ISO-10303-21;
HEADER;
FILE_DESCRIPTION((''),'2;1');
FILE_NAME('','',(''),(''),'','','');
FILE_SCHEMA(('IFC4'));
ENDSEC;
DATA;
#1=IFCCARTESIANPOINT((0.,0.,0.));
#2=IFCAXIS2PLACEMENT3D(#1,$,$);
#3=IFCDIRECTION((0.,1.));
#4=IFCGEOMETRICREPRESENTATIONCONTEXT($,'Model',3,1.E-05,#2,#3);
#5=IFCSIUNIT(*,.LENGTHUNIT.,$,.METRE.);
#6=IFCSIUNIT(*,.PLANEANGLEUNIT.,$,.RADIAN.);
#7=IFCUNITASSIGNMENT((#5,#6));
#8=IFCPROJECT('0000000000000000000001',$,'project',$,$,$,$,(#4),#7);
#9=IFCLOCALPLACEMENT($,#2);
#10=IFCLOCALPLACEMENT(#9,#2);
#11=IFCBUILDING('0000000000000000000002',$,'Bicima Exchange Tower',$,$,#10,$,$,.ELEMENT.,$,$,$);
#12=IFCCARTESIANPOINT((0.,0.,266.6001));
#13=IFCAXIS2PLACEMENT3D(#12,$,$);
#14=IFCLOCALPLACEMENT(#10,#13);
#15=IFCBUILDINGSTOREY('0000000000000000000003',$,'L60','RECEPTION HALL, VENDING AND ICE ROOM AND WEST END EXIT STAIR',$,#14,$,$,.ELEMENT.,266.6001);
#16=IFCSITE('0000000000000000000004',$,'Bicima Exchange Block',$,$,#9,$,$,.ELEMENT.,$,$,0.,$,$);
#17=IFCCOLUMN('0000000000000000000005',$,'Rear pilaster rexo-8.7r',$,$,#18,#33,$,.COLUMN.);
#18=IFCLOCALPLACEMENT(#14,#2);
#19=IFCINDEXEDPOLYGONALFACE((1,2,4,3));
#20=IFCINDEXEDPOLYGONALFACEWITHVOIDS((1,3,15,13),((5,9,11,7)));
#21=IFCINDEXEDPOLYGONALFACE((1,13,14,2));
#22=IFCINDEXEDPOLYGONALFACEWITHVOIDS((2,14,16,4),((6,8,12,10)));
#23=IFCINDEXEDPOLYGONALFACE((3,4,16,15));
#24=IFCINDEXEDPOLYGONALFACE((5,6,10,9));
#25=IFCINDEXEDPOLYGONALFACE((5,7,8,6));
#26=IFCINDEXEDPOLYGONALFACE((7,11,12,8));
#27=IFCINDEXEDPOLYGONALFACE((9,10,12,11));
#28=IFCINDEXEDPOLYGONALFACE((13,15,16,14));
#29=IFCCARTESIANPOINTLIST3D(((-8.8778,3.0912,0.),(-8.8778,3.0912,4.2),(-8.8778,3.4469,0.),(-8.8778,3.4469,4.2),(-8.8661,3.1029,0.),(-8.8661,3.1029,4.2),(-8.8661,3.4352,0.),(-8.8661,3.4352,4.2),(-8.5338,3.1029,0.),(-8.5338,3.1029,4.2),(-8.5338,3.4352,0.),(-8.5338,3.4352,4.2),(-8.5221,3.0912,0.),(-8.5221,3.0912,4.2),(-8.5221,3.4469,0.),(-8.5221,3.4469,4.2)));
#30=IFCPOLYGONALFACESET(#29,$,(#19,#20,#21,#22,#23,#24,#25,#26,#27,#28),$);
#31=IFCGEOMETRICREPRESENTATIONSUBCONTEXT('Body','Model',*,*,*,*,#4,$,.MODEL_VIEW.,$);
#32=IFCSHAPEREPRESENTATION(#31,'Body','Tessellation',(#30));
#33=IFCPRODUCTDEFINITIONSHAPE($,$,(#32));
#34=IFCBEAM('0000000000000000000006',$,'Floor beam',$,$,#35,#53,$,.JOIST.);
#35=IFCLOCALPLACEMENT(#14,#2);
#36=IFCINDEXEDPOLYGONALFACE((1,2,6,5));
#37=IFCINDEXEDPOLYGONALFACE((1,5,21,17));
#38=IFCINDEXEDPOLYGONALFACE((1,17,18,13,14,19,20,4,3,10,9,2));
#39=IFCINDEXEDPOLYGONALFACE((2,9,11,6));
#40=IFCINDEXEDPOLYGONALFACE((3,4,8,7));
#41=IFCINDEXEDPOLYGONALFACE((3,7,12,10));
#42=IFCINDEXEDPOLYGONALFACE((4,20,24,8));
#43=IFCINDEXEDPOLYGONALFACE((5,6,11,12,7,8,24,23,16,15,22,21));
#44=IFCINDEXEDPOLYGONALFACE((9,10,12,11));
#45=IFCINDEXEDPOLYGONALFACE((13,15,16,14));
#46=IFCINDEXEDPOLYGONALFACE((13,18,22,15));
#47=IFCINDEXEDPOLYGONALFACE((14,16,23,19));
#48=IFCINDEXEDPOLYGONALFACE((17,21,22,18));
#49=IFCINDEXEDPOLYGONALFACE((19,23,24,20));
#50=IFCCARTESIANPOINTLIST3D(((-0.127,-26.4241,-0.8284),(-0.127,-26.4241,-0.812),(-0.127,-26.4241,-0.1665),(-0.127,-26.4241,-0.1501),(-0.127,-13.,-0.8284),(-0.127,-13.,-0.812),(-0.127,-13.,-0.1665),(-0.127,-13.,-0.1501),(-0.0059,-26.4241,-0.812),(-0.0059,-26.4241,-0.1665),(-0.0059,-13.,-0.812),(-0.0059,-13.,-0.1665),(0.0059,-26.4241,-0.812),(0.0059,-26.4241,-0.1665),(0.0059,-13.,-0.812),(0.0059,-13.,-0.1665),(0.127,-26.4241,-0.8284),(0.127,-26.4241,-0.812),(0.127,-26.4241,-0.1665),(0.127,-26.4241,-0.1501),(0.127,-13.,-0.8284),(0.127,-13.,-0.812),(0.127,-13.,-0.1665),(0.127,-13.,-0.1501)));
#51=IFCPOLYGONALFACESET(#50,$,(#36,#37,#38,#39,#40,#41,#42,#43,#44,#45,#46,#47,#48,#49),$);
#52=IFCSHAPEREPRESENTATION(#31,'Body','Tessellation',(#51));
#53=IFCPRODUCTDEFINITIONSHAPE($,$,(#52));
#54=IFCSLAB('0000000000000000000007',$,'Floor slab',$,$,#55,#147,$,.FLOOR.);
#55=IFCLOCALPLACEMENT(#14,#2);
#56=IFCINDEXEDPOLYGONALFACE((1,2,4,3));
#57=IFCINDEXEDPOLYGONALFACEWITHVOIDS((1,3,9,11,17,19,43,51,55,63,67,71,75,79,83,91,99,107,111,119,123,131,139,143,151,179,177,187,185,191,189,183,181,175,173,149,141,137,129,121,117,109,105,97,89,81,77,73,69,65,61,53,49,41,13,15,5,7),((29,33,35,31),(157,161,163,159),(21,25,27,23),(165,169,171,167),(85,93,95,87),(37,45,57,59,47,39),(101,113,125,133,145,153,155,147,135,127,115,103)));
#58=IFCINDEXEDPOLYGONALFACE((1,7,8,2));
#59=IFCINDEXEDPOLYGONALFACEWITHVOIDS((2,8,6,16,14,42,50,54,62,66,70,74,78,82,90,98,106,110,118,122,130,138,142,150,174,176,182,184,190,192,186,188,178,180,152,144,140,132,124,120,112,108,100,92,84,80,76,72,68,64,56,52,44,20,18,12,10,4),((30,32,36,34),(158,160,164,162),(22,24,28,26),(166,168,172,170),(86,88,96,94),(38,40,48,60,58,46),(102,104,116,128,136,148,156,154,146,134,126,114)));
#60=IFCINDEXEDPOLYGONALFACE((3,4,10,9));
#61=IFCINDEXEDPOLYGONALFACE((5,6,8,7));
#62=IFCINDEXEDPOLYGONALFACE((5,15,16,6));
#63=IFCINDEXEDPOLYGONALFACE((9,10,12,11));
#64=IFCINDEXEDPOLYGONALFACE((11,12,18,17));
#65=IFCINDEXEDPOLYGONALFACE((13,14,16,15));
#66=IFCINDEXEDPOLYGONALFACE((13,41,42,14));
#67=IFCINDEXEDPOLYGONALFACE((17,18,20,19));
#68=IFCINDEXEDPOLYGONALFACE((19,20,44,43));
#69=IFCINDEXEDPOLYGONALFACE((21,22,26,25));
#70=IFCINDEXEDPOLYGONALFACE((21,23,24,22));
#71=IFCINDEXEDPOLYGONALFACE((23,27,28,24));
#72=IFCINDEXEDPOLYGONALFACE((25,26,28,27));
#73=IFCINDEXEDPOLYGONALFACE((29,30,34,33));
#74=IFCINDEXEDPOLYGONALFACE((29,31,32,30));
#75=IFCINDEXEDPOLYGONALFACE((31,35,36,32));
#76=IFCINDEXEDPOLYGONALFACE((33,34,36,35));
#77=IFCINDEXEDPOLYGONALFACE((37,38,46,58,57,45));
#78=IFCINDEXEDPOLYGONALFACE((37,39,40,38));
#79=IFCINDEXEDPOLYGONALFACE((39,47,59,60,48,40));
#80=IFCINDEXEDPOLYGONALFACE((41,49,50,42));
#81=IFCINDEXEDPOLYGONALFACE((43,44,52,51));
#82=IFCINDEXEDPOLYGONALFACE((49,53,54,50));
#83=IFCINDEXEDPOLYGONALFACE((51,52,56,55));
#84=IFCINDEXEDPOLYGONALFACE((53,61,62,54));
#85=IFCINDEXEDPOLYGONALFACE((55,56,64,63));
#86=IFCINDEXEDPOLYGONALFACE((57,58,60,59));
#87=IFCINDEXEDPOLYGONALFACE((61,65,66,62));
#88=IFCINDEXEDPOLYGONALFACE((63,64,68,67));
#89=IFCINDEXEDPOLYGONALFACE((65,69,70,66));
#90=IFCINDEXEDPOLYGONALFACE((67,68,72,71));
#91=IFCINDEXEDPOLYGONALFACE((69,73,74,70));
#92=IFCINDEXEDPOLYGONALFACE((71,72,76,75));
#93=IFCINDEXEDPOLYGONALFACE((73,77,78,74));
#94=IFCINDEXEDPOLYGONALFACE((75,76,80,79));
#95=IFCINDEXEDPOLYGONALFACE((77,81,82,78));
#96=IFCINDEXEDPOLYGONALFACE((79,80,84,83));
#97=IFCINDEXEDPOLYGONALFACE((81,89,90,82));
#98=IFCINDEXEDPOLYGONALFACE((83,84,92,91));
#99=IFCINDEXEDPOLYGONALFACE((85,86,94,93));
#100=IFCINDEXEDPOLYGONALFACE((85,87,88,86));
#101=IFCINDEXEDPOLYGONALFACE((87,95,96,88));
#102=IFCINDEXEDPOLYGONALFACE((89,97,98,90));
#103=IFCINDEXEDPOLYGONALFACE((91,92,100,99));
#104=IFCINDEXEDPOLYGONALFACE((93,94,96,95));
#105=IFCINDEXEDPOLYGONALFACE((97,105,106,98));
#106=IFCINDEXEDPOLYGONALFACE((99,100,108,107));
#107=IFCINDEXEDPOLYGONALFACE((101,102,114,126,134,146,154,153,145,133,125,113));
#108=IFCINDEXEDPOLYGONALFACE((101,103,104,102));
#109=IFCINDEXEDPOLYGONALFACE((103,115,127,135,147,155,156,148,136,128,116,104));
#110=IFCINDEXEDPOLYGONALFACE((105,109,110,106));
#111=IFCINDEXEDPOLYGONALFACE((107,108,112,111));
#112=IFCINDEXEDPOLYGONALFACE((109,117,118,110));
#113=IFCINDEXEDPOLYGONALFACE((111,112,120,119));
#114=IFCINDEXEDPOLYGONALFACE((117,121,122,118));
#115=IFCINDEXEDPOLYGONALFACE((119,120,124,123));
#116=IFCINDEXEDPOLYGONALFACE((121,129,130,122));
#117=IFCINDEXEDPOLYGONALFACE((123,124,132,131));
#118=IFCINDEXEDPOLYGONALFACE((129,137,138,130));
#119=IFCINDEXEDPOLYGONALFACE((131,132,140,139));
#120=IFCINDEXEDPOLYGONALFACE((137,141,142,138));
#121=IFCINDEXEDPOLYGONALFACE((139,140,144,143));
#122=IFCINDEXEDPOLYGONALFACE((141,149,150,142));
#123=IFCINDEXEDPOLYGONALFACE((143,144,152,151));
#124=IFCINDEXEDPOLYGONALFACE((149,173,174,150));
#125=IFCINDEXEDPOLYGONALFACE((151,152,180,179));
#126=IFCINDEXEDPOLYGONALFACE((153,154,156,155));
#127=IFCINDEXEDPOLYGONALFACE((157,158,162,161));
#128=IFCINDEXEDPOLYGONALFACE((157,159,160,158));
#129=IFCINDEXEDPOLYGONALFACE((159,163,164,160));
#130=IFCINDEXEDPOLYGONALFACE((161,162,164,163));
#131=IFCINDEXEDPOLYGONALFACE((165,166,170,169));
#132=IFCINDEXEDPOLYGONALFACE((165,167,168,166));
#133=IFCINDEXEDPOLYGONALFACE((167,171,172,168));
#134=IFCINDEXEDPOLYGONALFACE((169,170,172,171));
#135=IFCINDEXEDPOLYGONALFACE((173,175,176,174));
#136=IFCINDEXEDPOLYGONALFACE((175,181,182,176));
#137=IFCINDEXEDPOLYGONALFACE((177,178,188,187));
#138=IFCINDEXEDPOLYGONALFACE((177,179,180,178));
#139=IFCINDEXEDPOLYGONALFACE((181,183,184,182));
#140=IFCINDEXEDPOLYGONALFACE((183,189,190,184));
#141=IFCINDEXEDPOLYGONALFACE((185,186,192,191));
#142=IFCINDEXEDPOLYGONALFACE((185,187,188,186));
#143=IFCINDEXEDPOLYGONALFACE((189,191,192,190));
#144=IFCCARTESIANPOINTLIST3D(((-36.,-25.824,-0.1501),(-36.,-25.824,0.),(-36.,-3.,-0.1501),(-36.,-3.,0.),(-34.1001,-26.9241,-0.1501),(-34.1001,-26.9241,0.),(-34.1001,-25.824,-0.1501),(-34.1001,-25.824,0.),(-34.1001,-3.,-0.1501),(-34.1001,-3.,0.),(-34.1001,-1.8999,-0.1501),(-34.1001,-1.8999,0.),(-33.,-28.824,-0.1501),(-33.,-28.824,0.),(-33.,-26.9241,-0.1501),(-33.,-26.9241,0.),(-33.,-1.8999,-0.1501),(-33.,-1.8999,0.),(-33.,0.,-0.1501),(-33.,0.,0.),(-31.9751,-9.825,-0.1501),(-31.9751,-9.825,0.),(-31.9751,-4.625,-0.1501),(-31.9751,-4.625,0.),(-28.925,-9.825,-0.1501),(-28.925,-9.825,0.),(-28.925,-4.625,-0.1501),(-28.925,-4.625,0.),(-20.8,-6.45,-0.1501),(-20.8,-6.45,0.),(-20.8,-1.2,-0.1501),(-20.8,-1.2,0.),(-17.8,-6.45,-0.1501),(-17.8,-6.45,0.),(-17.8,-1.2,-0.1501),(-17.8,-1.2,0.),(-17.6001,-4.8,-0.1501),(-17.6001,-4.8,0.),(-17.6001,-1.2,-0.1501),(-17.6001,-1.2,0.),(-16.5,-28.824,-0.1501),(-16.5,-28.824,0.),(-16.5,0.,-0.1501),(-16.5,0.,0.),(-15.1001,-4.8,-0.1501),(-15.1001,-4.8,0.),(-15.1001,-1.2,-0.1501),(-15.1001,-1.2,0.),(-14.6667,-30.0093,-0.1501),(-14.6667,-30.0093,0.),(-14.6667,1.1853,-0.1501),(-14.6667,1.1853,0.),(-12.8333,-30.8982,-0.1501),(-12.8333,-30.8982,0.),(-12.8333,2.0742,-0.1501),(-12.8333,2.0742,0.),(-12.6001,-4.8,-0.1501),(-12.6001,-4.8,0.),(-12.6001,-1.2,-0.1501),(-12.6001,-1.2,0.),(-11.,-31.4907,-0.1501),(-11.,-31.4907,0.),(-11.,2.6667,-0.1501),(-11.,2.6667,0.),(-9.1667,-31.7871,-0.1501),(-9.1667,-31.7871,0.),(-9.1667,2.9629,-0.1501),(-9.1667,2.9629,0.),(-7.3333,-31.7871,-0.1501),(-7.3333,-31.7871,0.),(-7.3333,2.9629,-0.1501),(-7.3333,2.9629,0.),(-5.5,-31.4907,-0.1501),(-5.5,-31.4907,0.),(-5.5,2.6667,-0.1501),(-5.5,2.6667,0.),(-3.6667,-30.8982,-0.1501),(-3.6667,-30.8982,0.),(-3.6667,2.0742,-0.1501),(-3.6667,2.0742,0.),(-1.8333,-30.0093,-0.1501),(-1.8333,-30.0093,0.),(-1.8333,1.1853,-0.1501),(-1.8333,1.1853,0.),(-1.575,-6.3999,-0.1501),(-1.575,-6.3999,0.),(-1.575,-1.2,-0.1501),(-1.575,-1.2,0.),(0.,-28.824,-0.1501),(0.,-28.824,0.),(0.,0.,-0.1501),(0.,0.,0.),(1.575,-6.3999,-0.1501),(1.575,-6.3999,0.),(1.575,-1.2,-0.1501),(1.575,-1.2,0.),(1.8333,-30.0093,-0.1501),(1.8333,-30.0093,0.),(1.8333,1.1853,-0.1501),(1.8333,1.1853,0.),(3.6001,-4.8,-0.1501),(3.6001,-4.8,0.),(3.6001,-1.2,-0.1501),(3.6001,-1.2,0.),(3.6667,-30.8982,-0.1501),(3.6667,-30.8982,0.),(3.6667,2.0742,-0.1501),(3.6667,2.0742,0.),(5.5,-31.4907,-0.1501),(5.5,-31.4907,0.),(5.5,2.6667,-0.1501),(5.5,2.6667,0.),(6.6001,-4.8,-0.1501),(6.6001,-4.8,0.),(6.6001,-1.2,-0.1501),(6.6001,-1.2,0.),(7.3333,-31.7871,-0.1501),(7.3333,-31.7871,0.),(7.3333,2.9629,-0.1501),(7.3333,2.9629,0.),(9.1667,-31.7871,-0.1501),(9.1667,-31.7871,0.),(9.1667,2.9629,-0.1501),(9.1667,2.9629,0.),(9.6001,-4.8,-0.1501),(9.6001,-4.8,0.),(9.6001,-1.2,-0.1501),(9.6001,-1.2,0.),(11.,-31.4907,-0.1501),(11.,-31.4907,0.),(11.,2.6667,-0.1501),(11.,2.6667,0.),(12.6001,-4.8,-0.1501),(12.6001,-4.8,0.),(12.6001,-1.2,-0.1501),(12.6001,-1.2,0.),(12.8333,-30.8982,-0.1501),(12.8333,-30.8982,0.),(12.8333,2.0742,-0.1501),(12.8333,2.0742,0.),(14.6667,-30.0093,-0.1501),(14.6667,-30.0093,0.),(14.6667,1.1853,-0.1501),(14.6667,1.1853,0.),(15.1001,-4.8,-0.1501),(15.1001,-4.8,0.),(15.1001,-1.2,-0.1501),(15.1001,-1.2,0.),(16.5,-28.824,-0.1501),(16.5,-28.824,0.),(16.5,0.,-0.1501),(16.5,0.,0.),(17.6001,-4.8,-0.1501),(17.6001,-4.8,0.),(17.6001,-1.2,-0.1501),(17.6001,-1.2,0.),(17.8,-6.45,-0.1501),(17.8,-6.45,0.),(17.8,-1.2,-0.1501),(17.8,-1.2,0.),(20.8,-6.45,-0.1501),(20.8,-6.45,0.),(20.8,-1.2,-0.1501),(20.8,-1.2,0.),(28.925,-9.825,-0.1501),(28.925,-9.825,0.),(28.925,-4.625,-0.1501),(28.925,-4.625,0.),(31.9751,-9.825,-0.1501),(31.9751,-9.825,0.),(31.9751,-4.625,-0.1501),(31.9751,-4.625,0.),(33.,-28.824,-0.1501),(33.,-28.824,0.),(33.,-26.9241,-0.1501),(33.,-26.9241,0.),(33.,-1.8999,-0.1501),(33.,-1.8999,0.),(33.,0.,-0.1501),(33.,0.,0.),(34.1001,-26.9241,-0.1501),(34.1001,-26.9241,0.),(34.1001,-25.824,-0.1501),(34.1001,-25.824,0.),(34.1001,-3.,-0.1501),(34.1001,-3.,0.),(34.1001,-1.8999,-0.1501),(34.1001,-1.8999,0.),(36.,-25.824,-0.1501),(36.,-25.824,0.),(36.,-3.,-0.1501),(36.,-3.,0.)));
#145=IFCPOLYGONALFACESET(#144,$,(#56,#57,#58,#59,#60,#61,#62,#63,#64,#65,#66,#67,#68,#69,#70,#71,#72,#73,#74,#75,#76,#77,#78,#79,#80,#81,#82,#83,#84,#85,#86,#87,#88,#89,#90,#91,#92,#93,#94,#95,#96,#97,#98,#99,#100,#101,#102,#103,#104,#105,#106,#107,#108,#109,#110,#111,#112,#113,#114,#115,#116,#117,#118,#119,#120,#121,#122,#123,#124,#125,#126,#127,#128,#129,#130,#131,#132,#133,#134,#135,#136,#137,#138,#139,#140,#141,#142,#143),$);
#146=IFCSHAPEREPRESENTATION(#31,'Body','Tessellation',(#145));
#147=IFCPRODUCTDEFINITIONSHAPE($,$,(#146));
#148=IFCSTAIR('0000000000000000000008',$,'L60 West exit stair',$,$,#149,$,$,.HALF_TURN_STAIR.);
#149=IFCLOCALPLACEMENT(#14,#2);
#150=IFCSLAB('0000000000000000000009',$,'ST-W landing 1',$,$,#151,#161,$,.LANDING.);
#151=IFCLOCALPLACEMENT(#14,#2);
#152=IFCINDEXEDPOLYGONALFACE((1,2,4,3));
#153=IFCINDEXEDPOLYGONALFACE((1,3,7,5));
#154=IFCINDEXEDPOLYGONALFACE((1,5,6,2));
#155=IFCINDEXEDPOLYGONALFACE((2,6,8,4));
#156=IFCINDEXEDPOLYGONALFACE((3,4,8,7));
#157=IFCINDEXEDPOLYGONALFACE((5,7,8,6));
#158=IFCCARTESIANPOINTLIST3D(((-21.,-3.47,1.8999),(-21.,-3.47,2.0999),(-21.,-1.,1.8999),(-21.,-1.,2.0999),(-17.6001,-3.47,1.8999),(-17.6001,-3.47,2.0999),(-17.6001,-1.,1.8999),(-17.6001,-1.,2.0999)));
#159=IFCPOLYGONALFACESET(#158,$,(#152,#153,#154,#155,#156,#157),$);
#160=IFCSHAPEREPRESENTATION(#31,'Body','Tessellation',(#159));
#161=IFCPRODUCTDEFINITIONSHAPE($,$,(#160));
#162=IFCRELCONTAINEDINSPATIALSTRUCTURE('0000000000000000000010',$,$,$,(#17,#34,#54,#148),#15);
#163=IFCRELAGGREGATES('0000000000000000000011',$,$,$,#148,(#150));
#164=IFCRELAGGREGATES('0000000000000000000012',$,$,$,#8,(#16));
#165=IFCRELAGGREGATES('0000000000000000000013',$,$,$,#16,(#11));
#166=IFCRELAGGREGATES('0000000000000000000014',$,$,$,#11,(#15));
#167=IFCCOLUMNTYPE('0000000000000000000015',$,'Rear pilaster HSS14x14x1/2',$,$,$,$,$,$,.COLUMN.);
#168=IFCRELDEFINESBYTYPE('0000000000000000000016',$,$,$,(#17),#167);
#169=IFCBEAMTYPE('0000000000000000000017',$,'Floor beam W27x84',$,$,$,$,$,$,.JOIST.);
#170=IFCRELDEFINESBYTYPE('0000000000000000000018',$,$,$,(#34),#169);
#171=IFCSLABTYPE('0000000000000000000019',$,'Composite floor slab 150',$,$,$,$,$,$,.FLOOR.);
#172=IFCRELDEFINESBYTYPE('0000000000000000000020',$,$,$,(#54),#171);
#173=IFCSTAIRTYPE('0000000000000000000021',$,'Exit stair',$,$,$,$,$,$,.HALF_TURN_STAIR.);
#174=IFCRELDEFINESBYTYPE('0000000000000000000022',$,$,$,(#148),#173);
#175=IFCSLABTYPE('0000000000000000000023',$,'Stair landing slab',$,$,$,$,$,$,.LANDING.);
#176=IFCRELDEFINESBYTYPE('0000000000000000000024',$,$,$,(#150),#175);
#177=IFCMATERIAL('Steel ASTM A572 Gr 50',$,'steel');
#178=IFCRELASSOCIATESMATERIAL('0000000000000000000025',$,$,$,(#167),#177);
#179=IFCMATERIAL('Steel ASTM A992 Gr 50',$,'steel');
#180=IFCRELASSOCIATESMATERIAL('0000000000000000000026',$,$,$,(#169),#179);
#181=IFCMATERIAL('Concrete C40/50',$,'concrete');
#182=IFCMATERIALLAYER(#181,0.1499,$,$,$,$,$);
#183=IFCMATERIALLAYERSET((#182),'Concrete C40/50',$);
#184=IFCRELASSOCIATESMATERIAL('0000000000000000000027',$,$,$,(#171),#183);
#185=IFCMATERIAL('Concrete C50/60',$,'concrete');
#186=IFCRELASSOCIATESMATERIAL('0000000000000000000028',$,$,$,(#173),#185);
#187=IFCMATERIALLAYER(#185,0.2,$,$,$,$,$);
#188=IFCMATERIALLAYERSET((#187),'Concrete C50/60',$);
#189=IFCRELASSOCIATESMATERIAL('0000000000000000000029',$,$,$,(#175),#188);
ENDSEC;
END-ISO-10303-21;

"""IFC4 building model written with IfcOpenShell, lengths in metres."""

from ifc_helpers import new_model, si_unit, direction, frame, origin, origin_2d, place, context, subcontext, project, spatial, polyline, hollow_rectangle, i_section, outline, extrude, material, layer, layer_set, material_profile, profile_set, type_object, element, aggregate, save


model = new_model("IFC4")

# Units and contexts
model_context = context("Model", 3, precision=1e-05, world=origin(), true_north=direction((0.0, 1.0)))
body_context = subcontext(model_context, "Body", "Model", "MODEL_VIEW")
ifc_project = project(units=[si_unit("LENGTHUNIT", "METRE"), si_unit("PLANEANGLEUNIT", "RADIAN")], contexts=[model_context])

# Site, building, storey
site_placement = place(None, origin())
site = spatial("IfcSite", under=ifc_project, at=site_placement, Name="Bicima Exchange Block", CompositionType="ELEMENT", RefElevation=0.0)
building_placement = place(site_placement, origin())
building = spatial("IfcBuilding", under=site, at=building_placement, Name="Bicima Exchange Tower", CompositionType="ELEMENT")
storey_placement = place(building_placement, frame((0.0, 0.0, 266.6001)))
storey = spatial("IfcBuildingStorey", under=building, at=storey_placement, Name="L60", Description="RECEPTION HALL, VENDING AND ICE ROOM AND WEST END EXIT STAIR", CompositionType="ELEMENT", Elevation=266.6001)

# Column
ifc_material_1 = material(Name="Steel ASTM A572 Gr 50", Category="steel")
ifc_material_profile_1 = material_profile(ifc_material_1, hollow_rectangle(XDim=0.3557, YDim=0.3557, WallThickness=0.0117, at=origin_2d()))
ifc_profile_set_1 = profile_set([ifc_material_profile_1], Name="Steel ASTM A572 Gr 50")
column_type = type_object("IfcColumnType", Name="Rear pilaster HSS14x14x1/2", PredefinedType="COLUMN", material=ifc_profile_set_1)
column_placement = place(storey_placement, frame((-8.7, 3.269, 0.0), z_axis=(0.0, 0.0, 1.0), x_axis=(1.0, 0.0, 0.0)))
element("IfcColumn", 1, at=column_placement, inside=storey, type_object=column_type, Name="Rear pilaster rexo-8.7r", PredefinedType="COLUMN", context=body_context, shape_type="SweptSolid", body=[
    extrude(hollow_rectangle(XDim=0.3557, YDim=0.3557, WallThickness=0.0117, at=origin_2d()), origin(), (0.0, 0.0, 1.0), 4.2),
])

# Beam
ifc_material_2 = material(Name="Steel ASTM A992 Gr 50", Category="steel")
ifc_material_profile_2 = material_profile(ifc_material_2, i_section(OverallWidth=0.2539, OverallDepth=0.6782, WebThickness=0.0117, FlangeThickness=0.0164, at=origin_2d()))
ifc_profile_set_2 = profile_set([ifc_material_profile_2], Name="Steel ASTM A992 Gr 50")
beam_type = type_object("IfcBeamType", Name="Floor beam W27x84", PredefinedType="JOIST", material=ifc_profile_set_2)
beam_placement = place(storey_placement, frame((0.0, -13.0, -0.4893), z_axis=(0.0, -1.0, 0.0), x_axis=(1.0, 0.0, 0.0)))
element("IfcBeam", 2, at=beam_placement, inside=storey, type_object=beam_type, Name="Floor beam", PredefinedType="JOIST", context=body_context, shape_type="SweptSolid", body=[
    extrude(i_section(OverallWidth=0.2539, OverallDepth=0.6782, WebThickness=0.0117, FlangeThickness=0.0164, at=origin_2d()), origin(), (0.0, 0.0, 1.0), 13.4241),
])

# Slab
ifc_material_3 = material(Name="Concrete C40/50", Category="concrete")
ifc_layer_1 = layer(ifc_material_3, 0.1499)
ifc_layer_set_1 = layer_set([ifc_layer_1], Name="Concrete C40/50")
slab_type_1 = type_object("IfcSlabType", Name="Composite floor slab 150", PredefinedType="FLOOR", material=ifc_layer_set_1)
slab_1_placement = place(storey_placement, frame((0.0, 0.0, -0.1501)))
element("IfcSlab", 3, at=slab_1_placement, inside=storey, type_object=slab_type_1, Name="Floor slab", PredefinedType="FLOOR", context=body_context, shape_type="SweptSolid", body=[
    extrude(outline(polyline([(-36.0, -25.824), (-36.0, -3.0), (-34.1001, -3.0), (-34.1001, -1.8999), (-33.0, -1.8999), (-33.0, 0.0), (-16.5, 0.0), (-14.6667, 1.1853), (-12.8333, 2.0742), (-11.0, 2.6667), (-9.1667, 2.9629), (-7.3333, 2.9629), (-5.5, 2.6667), (-3.6667, 2.0742), (-1.8333, 1.1853), (0.0, 0.0), (1.8333, 1.1853), (3.6667, 2.0742), (5.5, 2.6667), (7.3333, 2.9629), (9.1667, 2.9629), (11.0, 2.6667), (12.8333, 2.0742), (14.6667, 1.1853), (16.5, 0.0), (33.0, 0.0), (33.0, -1.8999), (34.1001, -1.8999), (34.1001, -3.0), (36.0, -3.0), (36.0, -25.824), (34.1001, -25.824), (34.1001, -26.9241), (33.0, -26.9241), (33.0, -28.824), (16.5, -28.824), (14.6667, -30.0093), (12.8333, -30.8982), (11.0, -31.4907), (9.1667, -31.7871), (7.3333, -31.7871), (5.5, -31.4907), (3.6667, -30.8982), (1.8333, -30.0093), (0.0, -28.824), (-1.8333, -30.0093), (-3.6667, -30.8982), (-5.5, -31.4907), (-7.3333, -31.7871), (-9.1667, -31.7871), (-11.0, -31.4907), (-12.8333, -30.8982), (-14.6667, -30.0093), (-16.5, -28.824), (-33.0, -28.824), (-33.0, -26.9241), (-34.1001, -26.9241), (-34.1001, -25.824), (-36.0, -25.824)]), holes=[polyline([(-28.925, -9.825), (-28.925, -4.625), (-31.9751, -4.625), (-31.9751, -9.825), (-28.925, -9.825)]), polyline([(-20.8, -6.45), (-17.8, -6.45), (-17.8, -1.2), (-20.8, -1.2), (-20.8, -6.45)]), polyline([(-1.575, -6.3999), (1.575, -6.3999), (1.575, -1.2), (-1.575, -1.2), (-1.575, -6.3999)]), polyline([(-12.6001, -1.2), (-15.1001, -1.2), (-17.6001, -1.2), (-17.6001, -4.8), (-15.1001, -4.8), (-12.6001, -4.8), (-12.6001, -1.2)]), polyline([(3.6001, -4.8), (6.6001, -4.8), (9.6001, -4.8), (12.6001, -4.8), (15.1001, -4.8), (17.6001, -4.8), (17.6001, -1.2), (15.1001, -1.2), (12.6001, -1.2), (9.6001, -1.2), (6.6001, -1.2), (3.6001, -1.2), (3.6001, -4.8)]), polyline([(31.9751, -9.825), (31.9751, -4.625), (28.925, -4.625), (28.925, -9.825), (31.9751, -9.825)]), polyline([(17.8, -6.45), (20.8, -6.45), (20.8, -1.2), (17.8, -1.2), (17.8, -6.45)])]), origin(), (0.0, 0.0, 1.0), 0.1501),
])

# Stair, slab
ifc_material_4 = material(Name="Concrete C50/60", Category="concrete")
stair_type_1 = type_object("IfcStairType", Name="Exit stair", PredefinedType="HALF_TURN_STAIR", material=ifc_material_4)
stair_1_placement = place(storey_placement, origin())
stair_1 = element("IfcStair", 4, at=stair_1_placement, inside=storey, type_object=stair_type_1, Name="L60 West exit stair", PredefinedType="HALF_TURN_STAIR")
ifc_layer_2 = layer(ifc_material_4, 0.2)
ifc_layer_set_2 = layer_set([ifc_layer_2], Name="Concrete C50/60")
slab_type_2 = type_object("IfcSlabType", Name="Stair landing slab", PredefinedType="LANDING", material=ifc_layer_set_2)
slab_2_placement = place(storey_placement, frame((0.0, 0.0, 1.8999)))
slab_2 = element("IfcSlab", 5, at=slab_2_placement, type_object=slab_type_2, Name="ST-W landing 1", PredefinedType="LANDING", context=body_context, shape_type="SweptSolid", body=[
    extrude(outline(polyline([(-17.6001, -3.47), (-17.6001, -1.0), (-21.0, -1.0), (-21.0, -3.47), (-17.6001, -3.47)])), origin(), (0.0, 0.0, 1.0), 0.2),
])
aggregate(stair_1, [slab_2])

save(model, "model.ifc")
